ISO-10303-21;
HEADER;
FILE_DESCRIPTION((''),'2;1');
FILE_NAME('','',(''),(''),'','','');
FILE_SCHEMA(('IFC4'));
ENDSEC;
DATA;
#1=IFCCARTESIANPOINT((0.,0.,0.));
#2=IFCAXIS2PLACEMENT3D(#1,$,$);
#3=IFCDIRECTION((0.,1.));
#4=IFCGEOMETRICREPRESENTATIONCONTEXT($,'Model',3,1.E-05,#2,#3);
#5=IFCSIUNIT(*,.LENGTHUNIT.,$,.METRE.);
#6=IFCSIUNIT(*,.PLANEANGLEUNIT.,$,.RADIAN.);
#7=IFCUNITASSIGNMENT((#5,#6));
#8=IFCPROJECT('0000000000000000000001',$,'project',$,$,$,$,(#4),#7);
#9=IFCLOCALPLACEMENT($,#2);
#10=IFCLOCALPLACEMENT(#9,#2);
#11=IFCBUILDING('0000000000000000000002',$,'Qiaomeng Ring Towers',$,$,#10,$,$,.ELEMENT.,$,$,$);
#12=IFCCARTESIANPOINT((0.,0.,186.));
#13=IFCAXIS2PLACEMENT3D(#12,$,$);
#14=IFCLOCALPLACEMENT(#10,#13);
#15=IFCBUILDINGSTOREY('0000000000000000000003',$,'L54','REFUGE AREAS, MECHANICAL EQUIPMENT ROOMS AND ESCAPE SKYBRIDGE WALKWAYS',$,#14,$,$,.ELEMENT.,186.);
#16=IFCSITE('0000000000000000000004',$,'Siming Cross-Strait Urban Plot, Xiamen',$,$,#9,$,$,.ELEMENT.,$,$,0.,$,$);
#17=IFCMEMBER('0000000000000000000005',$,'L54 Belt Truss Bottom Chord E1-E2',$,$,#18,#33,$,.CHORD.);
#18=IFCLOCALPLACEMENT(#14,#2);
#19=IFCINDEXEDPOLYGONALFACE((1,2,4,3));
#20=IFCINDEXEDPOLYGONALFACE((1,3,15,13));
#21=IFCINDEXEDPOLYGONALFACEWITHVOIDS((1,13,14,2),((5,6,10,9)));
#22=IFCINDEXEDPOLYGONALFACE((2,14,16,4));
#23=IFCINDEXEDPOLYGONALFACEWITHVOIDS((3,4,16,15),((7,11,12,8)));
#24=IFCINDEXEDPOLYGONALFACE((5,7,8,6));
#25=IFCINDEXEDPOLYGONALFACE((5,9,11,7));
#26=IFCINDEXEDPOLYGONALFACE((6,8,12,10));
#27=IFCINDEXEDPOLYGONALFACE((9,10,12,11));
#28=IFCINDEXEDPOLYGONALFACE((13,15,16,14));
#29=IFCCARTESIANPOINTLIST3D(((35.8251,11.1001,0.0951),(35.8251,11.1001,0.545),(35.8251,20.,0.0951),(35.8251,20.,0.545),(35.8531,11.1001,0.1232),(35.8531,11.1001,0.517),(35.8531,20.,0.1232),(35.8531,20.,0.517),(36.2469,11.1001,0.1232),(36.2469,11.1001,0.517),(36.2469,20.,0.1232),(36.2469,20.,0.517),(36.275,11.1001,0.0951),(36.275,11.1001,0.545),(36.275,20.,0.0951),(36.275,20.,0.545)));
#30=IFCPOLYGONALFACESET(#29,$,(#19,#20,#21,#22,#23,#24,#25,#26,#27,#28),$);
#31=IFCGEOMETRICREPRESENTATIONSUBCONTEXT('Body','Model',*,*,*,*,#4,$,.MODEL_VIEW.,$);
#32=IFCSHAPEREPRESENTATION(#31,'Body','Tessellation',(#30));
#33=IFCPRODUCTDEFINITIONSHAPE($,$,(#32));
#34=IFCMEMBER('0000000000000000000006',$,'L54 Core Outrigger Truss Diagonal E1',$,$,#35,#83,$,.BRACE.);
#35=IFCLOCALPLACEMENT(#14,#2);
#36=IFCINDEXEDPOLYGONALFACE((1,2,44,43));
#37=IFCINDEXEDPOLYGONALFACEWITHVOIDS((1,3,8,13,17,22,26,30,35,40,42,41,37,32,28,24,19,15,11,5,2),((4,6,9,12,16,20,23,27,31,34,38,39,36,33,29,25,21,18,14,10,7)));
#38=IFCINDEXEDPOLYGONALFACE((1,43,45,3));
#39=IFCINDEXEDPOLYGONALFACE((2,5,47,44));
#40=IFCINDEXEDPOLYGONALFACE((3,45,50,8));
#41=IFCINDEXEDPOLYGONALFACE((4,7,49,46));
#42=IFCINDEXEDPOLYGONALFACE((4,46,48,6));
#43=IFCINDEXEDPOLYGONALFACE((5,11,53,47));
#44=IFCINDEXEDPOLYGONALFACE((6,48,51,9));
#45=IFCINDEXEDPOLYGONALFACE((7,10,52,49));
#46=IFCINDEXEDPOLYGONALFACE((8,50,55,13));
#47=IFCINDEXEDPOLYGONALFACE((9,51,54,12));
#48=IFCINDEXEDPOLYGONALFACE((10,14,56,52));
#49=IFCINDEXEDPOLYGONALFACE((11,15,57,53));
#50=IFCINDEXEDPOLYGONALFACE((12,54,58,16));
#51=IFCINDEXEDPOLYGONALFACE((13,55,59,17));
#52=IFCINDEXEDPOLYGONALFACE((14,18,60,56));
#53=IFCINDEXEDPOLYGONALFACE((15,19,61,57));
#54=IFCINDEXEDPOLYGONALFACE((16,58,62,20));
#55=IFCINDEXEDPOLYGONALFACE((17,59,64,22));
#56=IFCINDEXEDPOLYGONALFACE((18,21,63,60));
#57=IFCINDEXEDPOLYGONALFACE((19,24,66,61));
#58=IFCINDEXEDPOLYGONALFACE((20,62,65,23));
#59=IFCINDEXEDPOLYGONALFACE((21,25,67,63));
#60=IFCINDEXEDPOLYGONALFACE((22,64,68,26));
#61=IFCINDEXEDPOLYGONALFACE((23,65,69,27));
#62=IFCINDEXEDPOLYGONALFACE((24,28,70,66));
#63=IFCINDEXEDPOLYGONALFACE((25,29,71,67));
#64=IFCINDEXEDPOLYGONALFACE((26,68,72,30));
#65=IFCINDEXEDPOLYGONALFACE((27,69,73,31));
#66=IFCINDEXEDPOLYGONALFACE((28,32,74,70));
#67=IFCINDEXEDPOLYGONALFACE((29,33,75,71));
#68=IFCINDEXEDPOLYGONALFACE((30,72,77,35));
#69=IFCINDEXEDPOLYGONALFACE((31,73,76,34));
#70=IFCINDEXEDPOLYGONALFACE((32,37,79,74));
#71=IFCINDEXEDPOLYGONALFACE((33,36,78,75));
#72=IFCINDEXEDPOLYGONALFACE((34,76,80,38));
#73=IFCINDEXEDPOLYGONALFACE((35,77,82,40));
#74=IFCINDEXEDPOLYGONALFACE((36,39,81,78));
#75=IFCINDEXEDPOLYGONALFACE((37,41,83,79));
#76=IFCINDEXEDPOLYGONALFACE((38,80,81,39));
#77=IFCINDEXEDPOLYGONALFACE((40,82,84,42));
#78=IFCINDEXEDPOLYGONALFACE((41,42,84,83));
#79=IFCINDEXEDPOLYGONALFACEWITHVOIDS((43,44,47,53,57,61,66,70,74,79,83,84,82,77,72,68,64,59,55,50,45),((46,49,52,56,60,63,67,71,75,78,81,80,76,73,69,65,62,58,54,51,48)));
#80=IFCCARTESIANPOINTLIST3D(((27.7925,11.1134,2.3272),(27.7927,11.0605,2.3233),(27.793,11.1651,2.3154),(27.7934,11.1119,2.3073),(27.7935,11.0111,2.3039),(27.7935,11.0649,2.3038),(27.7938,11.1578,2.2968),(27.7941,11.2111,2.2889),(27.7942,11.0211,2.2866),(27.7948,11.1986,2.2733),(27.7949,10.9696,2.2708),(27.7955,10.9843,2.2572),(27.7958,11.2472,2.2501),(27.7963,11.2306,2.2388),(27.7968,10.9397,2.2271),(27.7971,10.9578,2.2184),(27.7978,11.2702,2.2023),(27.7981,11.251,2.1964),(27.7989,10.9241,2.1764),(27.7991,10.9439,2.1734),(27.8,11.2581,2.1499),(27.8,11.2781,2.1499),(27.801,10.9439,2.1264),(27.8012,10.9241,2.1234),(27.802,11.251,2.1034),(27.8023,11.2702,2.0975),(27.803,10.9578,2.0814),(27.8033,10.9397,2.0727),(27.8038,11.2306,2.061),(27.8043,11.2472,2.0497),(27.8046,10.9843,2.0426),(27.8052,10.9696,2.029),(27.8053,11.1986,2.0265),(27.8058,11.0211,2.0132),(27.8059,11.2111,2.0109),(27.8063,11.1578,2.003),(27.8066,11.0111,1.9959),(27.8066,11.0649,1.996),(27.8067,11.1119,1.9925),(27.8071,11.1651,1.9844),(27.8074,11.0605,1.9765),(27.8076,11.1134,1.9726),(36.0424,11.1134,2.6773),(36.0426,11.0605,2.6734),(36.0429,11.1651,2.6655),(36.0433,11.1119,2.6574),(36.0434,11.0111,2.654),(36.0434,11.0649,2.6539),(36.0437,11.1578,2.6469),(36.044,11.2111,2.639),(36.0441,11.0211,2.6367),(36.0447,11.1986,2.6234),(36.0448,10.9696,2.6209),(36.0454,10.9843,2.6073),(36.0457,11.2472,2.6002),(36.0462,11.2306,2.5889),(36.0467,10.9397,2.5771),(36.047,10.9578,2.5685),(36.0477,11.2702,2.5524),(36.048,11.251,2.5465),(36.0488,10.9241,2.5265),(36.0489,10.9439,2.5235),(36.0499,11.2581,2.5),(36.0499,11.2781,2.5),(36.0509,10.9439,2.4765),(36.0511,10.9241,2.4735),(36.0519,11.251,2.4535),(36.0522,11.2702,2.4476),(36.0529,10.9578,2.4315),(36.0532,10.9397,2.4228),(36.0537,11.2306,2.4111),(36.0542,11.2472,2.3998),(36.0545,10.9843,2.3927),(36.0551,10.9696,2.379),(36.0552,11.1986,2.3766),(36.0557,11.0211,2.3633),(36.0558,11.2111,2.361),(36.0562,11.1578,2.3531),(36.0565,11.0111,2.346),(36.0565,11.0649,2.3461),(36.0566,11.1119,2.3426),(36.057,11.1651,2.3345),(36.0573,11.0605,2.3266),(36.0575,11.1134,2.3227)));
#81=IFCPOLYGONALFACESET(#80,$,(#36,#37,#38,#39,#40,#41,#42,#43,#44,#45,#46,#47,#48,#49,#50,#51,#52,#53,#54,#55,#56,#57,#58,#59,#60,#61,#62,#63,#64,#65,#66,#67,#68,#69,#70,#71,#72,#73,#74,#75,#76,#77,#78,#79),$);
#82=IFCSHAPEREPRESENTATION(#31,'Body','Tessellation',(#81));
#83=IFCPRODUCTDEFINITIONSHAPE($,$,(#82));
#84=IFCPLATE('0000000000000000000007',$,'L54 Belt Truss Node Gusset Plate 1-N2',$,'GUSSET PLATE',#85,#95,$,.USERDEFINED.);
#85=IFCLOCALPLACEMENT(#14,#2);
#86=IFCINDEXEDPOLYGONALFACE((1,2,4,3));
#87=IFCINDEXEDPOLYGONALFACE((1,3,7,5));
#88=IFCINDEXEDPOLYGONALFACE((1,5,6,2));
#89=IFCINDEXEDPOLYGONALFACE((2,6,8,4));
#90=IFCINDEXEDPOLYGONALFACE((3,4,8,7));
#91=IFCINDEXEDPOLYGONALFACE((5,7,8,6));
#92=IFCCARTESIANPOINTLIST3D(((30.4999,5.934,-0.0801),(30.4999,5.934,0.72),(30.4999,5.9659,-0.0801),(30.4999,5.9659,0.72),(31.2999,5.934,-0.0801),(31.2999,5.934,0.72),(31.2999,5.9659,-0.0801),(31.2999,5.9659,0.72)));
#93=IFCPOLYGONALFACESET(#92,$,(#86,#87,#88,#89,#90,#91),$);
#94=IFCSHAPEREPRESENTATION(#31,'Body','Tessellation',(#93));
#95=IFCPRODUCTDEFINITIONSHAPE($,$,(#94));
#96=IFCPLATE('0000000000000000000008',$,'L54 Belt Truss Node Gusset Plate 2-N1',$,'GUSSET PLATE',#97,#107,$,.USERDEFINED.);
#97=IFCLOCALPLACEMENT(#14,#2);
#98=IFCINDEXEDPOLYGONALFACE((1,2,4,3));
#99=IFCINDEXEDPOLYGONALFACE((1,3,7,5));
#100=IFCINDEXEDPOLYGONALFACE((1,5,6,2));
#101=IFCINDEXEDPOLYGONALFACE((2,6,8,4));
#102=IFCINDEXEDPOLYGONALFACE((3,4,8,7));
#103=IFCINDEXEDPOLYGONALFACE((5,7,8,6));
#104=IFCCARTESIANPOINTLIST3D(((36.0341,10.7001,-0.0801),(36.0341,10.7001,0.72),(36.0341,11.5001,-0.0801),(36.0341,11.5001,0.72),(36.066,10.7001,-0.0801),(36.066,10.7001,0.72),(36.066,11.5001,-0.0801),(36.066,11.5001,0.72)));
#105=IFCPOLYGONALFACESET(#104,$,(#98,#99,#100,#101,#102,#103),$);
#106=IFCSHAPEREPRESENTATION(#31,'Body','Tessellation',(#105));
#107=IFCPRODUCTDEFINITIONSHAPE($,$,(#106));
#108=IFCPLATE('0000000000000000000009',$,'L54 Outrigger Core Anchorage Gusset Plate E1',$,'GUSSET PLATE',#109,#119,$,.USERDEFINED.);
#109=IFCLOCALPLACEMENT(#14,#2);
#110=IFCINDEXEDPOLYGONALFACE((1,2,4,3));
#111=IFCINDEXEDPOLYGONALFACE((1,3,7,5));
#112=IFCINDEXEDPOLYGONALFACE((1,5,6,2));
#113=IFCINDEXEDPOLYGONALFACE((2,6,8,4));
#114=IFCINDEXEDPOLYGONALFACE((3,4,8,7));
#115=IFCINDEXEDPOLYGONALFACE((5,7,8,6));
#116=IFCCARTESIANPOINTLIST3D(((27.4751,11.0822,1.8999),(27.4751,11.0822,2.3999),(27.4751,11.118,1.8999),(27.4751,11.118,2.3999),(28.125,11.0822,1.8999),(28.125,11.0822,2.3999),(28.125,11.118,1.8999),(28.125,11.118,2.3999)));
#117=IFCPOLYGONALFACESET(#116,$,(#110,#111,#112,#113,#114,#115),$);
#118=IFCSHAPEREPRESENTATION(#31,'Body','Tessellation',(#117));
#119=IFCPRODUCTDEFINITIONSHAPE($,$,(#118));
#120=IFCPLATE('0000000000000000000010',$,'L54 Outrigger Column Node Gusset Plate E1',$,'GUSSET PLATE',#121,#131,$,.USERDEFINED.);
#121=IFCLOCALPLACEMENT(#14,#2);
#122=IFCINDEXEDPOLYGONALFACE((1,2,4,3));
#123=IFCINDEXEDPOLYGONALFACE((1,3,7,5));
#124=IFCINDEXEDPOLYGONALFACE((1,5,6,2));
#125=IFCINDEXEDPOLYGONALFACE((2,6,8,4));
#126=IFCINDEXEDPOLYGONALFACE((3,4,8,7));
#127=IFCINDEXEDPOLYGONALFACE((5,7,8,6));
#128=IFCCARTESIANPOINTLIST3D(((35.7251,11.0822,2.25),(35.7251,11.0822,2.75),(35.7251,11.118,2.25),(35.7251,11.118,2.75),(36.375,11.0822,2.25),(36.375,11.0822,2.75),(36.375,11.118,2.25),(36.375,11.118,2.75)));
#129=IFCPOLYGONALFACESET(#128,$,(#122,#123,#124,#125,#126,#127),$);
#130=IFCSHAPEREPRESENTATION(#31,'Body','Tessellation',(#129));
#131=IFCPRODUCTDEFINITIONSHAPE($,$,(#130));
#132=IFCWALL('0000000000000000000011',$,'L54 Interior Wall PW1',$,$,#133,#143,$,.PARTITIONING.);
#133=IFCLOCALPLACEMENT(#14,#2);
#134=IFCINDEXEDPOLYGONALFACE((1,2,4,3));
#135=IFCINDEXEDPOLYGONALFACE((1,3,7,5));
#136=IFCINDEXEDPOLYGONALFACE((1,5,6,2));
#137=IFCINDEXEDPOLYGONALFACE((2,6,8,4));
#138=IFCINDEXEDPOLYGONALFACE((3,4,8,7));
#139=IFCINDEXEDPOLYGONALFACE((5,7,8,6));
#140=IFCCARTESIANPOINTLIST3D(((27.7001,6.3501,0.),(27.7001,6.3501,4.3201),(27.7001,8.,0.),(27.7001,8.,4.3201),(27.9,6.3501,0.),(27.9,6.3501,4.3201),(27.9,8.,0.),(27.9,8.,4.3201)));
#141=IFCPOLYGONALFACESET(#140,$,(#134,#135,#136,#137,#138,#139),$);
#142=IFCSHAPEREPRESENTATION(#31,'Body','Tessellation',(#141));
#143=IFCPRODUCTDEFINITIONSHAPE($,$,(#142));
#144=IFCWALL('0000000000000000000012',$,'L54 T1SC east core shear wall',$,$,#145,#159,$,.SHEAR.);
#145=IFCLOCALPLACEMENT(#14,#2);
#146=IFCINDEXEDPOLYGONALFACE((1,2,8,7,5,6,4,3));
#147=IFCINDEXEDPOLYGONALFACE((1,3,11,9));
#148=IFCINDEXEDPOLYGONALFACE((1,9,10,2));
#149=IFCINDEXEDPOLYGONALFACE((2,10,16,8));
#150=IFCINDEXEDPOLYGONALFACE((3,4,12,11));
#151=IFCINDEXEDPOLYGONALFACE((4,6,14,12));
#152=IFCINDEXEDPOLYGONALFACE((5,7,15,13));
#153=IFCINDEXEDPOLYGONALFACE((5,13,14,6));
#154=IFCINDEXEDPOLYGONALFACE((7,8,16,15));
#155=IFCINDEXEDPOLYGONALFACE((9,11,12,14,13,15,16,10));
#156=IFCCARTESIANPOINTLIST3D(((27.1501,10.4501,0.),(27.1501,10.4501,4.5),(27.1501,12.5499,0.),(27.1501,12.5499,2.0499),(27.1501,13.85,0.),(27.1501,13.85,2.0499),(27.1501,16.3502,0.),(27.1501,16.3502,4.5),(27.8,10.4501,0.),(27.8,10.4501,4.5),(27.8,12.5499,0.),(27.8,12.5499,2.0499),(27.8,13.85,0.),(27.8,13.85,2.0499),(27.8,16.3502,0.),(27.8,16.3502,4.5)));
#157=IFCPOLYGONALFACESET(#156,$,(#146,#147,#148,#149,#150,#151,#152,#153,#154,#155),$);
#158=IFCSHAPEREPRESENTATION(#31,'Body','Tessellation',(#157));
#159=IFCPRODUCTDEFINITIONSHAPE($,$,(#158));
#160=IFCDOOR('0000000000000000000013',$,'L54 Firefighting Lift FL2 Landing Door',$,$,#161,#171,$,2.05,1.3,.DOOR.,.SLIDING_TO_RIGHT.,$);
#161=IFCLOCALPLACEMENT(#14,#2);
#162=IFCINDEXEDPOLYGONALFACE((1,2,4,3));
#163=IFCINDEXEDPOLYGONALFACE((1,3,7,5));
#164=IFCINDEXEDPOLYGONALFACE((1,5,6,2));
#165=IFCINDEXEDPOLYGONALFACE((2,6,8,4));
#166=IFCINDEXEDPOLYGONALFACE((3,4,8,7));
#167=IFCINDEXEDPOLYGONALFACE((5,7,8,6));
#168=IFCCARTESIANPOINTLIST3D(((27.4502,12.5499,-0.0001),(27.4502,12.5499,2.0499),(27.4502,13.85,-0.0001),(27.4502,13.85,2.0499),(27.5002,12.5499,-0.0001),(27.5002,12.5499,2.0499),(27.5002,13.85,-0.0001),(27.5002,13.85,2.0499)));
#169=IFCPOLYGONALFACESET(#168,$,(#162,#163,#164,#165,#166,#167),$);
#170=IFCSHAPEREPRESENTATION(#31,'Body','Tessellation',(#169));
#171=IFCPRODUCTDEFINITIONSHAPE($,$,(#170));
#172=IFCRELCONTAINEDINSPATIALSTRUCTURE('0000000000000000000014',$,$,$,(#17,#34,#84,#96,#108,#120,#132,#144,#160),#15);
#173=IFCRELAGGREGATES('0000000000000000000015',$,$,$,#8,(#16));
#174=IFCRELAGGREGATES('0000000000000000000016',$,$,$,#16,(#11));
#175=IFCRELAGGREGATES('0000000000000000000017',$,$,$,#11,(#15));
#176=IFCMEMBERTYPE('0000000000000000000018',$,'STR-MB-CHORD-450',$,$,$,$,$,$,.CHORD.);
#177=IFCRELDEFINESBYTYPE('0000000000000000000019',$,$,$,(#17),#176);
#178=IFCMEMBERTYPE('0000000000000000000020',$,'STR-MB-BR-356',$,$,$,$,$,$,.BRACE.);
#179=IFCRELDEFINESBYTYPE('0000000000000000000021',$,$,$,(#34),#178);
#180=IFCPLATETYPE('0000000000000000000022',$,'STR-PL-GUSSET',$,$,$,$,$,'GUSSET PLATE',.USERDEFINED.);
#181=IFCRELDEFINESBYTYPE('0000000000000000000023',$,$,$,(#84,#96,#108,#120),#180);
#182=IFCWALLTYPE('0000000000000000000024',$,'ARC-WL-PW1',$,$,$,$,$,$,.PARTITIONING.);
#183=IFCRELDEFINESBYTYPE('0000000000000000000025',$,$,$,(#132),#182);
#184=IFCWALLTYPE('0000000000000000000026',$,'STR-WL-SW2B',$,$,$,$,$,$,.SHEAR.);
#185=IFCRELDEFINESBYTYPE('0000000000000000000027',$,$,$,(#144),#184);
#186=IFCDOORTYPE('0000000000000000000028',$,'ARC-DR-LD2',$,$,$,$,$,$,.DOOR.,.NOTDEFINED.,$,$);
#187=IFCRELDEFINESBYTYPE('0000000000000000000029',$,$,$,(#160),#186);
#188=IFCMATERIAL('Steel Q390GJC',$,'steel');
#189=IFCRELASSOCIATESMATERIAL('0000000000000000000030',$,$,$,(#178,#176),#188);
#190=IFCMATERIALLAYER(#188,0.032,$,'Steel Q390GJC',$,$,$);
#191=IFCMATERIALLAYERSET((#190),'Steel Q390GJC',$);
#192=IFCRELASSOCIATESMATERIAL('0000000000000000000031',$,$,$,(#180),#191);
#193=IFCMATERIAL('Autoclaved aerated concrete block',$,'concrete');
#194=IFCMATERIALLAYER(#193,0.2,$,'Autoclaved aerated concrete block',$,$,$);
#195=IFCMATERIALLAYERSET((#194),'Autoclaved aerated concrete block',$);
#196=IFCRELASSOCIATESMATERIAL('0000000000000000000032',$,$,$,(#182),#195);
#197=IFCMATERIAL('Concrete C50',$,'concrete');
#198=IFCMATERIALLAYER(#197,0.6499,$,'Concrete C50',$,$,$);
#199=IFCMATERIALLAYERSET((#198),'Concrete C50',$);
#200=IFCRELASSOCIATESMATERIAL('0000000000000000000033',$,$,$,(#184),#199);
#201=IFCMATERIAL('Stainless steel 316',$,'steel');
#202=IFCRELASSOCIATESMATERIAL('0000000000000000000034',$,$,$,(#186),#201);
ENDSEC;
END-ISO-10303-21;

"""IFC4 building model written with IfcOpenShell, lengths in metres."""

from ifc_helpers import new_model, si_unit, direction, frame, frame_2d, origin, origin_2d, place, context, subcontext, project, spatial, rectangle, hollow_rectangle, hollow_circle, extrude, source, transform, mapped, material, layer, layer_set, material_profile, profile_set, type_object, element, fill, save


model = new_model("IFC4")

# Units and contexts
model_context = context("Model", 3, precision=1e-05, world=origin(), true_north=direction((0.0, 1.0)))
body_context = subcontext(model_context, "Body", "Model", "MODEL_VIEW")
ifc_project = project(units=[si_unit("LENGTHUNIT", "METRE"), si_unit("PLANEANGLEUNIT", "RADIAN")], contexts=[model_context])

# Site, building, storey
site_placement = place(None, origin())
site = spatial("IfcSite", under=ifc_project, at=site_placement, Name="Siming Cross-Strait Urban Plot, Xiamen", CompositionType="ELEMENT", RefElevation=0.0)
building_placement = place(site_placement, origin())
building = spatial("IfcBuilding", under=site, at=building_placement, Name="Qiaomeng Ring Towers", CompositionType="ELEMENT")
storey_placement = place(building_placement, frame((0.0, 0.0, 186.0)))
storey = spatial("IfcBuildingStorey", under=building, at=storey_placement, Name="L54", Description="REFUGE AREAS, MECHANICAL EQUIPMENT ROOMS AND ESCAPE SKYBRIDGE WALKWAYS", CompositionType="ELEMENT", Elevation=186.0)

# Shared definitions
ifc_material_1 = material(Name="Concrete C50", Category="concrete")

# Shared definitions
ifc_material_2 = material(Name="Steel Q390GJC", Category="steel")
ifc_material_profile_1 = material_profile(ifc_material_2, hollow_circle(Radius=0.178, WallThickness=0.02, at=origin_2d()), Name="CHS 356x20")
ifc_profile_set_1 = profile_set([ifc_material_profile_1], Name="Steel Q390GJC")
member_type_1 = type_object("IfcMemberType", Name="STR-MB-BR-356", PredefinedType="BRACE", material=ifc_profile_set_1)

# Members
ifc_material_profile_2 = material_profile(ifc_material_2, hollow_rectangle(XDim=0.45, YDim=0.45, WallThickness=0.0281, at=origin_2d()), Name="SHS 450x450x28")
ifc_profile_set_2 = profile_set([ifc_material_profile_2], Name="Steel Q390GJC")
member_type_2 = type_object("IfcMemberType", Name="STR-MB-CHORD-450", PredefinedType="CHORD", material=ifc_profile_set_2)
shared_shape_1 = source(origin(), body_context, "Body", "SweptSolid", [
    extrude(hollow_rectangle(XDim=0.45, YDim=0.45, WallThickness=0.0281, at=origin_2d()), origin(), (0.0, 0.0, 1.0), 8.8999),
])
member_1_placement = place(storey_placement, frame((36.05, 11.1001, 0.3201), z_axis=(0.0, 1.0, 0.0), x_axis=(-1.0, 0.0, 0.0)))
element("IfcMember", 1, at=member_1_placement, inside=storey, type_object=member_type_2, Name="L54 Belt Truss Bottom Chord E1-E2", PredefinedType="CHORD", context=body_context, shape_type="MappedRepresentation", body=[
    mapped(shared_shape_1, transform((0.0, 0.0, 0.0), x_axis=(1.0, 0.0, 0.0), y_axis=(0.0, 1.0, 0.0), z_axis=(0.0, 0.0, 1.0), scale=1.0)),
])
shared_shape_2 = source(origin(), body_context, "Body", "SweptSolid", [
    extrude(hollow_circle(Radius=0.178, WallThickness=0.02, at=origin_2d()), origin(), (0.0, 0.0, 1.0), 8.2573),
])
member_2_placement = place(storey_placement, frame((27.8, 11.1001, 2.1499), z_axis=(0.999101, 0.0, 0.042398), x_axis=(0.0, 1.0, 0.0)))
element("IfcMember", 2, at=member_2_placement, inside=storey, type_object=member_type_1, Name="L54 Core Outrigger Truss Diagonal E1", PredefinedType="BRACE", context=body_context, shape_type="MappedRepresentation", body=[
    mapped(shared_shape_2, transform((0.0, 0.0, 0.0), x_axis=(1.0, 0.0, 0.0), y_axis=(0.0, 1.0, 0.0), z_axis=(0.0, 0.0, 1.0), scale=1.0)),
])

# Plates
ifc_layer_1 = layer(ifc_material_2, 0.032, Name="Steel Q390GJC")
ifc_layer_set_1 = layer_set([ifc_layer_1], Name="Steel Q390GJC")
plate_type = type_object("IfcPlateType", Name="STR-PL-GUSSET", ElementType="GUSSET PLATE", PredefinedType="USERDEFINED", material=ifc_layer_set_1)
shared_shape_3 = source(origin(), body_context, "Body", "SweptSolid", [
    extrude(rectangle(XDim=0.8, YDim=0.032, at=origin_2d()), origin(), (0.0, 0.0, 1.0), 0.8),
])
for number, where, z_axis, x_axis, name in (
    (3, (30.8999, 5.95, -0.0801), (0.0, 0.0, 1.0), (1.0, 0.0, 0.0), "L54 Belt Truss Node Gusset Plate 1-N2"),
    (4, (36.05, 11.1001, -0.0801), (0.0, 0.0, 1.0), (0.0, 1.0, 0.0), "L54 Belt Truss Node Gusset Plate 2-N1"),
):
    element("IfcPlate", number, at=place(storey_placement, frame(where, z_axis=z_axis, x_axis=x_axis)), inside=storey, type_object=plate_type, Name=name, ObjectType="GUSSET PLATE", PredefinedType="USERDEFINED", context=body_context, shape_type="MappedRepresentation", body=[
        mapped(shared_shape_3, transform((0.0, 0.0, 0.0), x_axis=(1.0, 0.0, 0.0), y_axis=(0.0, 1.0, 0.0), z_axis=(0.0, 0.0, 1.0), scale=1.0)),
    ])
shared_shape_4 = source(origin(), body_context, "Body", "SweptSolid", [
    extrude(rectangle(XDim=0.6499, YDim=0.0359, at=origin_2d()), origin(), (0.0, 0.0, 1.0), 0.5),
])
for number, where, z_axis, x_axis, name in (
    (5, (27.8, 11.1001, 1.8999), (0.0, 0.0, 1.0), (1.0, 0.0, 0.0), "L54 Outrigger Core Anchorage Gusset Plate E1"),
    (6, (36.05, 11.1001, 2.25), (0.0, 0.0, 1.0), (1.0, 0.0, 0.0), "L54 Outrigger Column Node Gusset Plate E1"),
):
    element("IfcPlate", number, at=place(storey_placement, frame(where, z_axis=z_axis, x_axis=x_axis)), inside=storey, type_object=plate_type, Name=name, ObjectType="GUSSET PLATE", PredefinedType="USERDEFINED", context=body_context, shape_type="MappedRepresentation", body=[
        mapped(shared_shape_4, transform((0.0, 0.0, 0.0), x_axis=(1.0, 0.0, 0.0), y_axis=(0.0, 1.0, 0.0), z_axis=(0.0, 0.0, 1.0), scale=1.0)),
    ])

# Wall
ifc_material_3 = material(Name="Autoclaved aerated concrete block", Category="concrete")
ifc_layer_2 = layer(ifc_material_3, 0.2, Name="Autoclaved aerated concrete block")
ifc_layer_set_2 = layer_set([ifc_layer_2], Name="Autoclaved aerated concrete block")
wall_type_1 = type_object("IfcWallType", Name="ARC-WL-PW1", PredefinedType="PARTITIONING", material=ifc_layer_set_2)
wall_1_placement = place(storey_placement, frame((27.8, 6.3501, 0.0), z_axis=(0.0, 0.0, 1.0), x_axis=(0.0, 1.0, 0.0)))
element("IfcWall", 7, at=wall_1_placement, inside=storey, type_object=wall_type_1, Name="L54 Interior Wall PW1", PredefinedType="PARTITIONING", context=body_context, shape_type="SweptSolid", body=[
    extrude(rectangle(XDim=1.6499, YDim=0.2, at=frame_2d((0.825, 0.0))), origin(), (0.0, 0.0, 1.0), 4.3201),
])

# Wall, opening, door
ifc_layer_3 = layer(ifc_material_1, 0.6499, Name="Concrete C50")
ifc_layer_set_3 = layer_set([ifc_layer_3], Name="Concrete C50")
wall_type_2 = type_object("IfcWallType", Name="STR-WL-SW2B", PredefinedType="SHEAR", material=ifc_layer_set_3)
wall_2_placement = place(storey_placement, frame((27.4751, 10.45, 0.0), z_axis=(0.0, 0.0, 1.0), x_axis=(0.0, 1.0, 0.0)))
wall_2 = element("IfcWall", 8, at=wall_2_placement, inside=storey, type_object=wall_type_2, Name="L54 T1SC east core shear wall", PredefinedType="SHEAR", context=body_context, shape_type="SweptSolid", body=[
    extrude(rectangle(XDim=5.9001, YDim=0.6499, at=frame_2d((2.9502, 0.0))), origin(), (0.0, 0.0, 1.0), 4.5),
])
opening_placement = place(wall_2_placement, frame((2.1001, 0.0, 0.0)))
opening = element("IfcOpeningElement", 9, at=opening_placement, cuts=wall_2, PredefinedType="OPENING", context=body_context, shape_type="SweptSolid", body=[
    extrude(rectangle(XDim=1.3, YDim=2.05, at=frame_2d((0.6499, 1.0249))), frame((0.0, 0.335, 0.0), z_axis=(0.0, -1.0, 0.0), x_axis=(1.0, 0.0, 0.0)), (0.0, 0.0, 1.0), 0.6699),
])
ifc_material_4 = material(Name="Stainless steel 316", Category="steel")
door_type = type_object("IfcDoorType", Name="ARC-DR-LD2", OperationType="NOTDEFINED", PredefinedType="DOOR", material=ifc_material_4)
shared_shape_5 = source(origin(), body_context, "Body", "SweptSolid", [
    extrude(rectangle(XDim=1.3, YDim=2.05, at=frame_2d((0.6499, 1.0249))), frame((0.0, 0.0249, 0.0), z_axis=(0.0, -1.0, 0.0), x_axis=(1.0, 0.0, 0.0)), (0.0, 0.0, 1.0), 0.05),
])
door_placement = place(opening_placement, origin())
door = element("IfcDoor", 10, at=door_placement, inside=storey, type_object=door_type, Name="L54 Firefighting Lift FL2 Landing Door", OperationType="SLIDING_TO_RIGHT", OverallHeight=2.05, OverallWidth=1.3, PredefinedType="DOOR", context=body_context, shape_type="MappedRepresentation", body=[
    mapped(shared_shape_5, transform((0.0, 0.0, 0.0), x_axis=(1.0, 0.0, 0.0), y_axis=(0.0, 1.0, 0.0), z_axis=(0.0, 0.0, 1.0), scale=1.0)),
])
fill(opening, door)

save(model, "model.ifc")
